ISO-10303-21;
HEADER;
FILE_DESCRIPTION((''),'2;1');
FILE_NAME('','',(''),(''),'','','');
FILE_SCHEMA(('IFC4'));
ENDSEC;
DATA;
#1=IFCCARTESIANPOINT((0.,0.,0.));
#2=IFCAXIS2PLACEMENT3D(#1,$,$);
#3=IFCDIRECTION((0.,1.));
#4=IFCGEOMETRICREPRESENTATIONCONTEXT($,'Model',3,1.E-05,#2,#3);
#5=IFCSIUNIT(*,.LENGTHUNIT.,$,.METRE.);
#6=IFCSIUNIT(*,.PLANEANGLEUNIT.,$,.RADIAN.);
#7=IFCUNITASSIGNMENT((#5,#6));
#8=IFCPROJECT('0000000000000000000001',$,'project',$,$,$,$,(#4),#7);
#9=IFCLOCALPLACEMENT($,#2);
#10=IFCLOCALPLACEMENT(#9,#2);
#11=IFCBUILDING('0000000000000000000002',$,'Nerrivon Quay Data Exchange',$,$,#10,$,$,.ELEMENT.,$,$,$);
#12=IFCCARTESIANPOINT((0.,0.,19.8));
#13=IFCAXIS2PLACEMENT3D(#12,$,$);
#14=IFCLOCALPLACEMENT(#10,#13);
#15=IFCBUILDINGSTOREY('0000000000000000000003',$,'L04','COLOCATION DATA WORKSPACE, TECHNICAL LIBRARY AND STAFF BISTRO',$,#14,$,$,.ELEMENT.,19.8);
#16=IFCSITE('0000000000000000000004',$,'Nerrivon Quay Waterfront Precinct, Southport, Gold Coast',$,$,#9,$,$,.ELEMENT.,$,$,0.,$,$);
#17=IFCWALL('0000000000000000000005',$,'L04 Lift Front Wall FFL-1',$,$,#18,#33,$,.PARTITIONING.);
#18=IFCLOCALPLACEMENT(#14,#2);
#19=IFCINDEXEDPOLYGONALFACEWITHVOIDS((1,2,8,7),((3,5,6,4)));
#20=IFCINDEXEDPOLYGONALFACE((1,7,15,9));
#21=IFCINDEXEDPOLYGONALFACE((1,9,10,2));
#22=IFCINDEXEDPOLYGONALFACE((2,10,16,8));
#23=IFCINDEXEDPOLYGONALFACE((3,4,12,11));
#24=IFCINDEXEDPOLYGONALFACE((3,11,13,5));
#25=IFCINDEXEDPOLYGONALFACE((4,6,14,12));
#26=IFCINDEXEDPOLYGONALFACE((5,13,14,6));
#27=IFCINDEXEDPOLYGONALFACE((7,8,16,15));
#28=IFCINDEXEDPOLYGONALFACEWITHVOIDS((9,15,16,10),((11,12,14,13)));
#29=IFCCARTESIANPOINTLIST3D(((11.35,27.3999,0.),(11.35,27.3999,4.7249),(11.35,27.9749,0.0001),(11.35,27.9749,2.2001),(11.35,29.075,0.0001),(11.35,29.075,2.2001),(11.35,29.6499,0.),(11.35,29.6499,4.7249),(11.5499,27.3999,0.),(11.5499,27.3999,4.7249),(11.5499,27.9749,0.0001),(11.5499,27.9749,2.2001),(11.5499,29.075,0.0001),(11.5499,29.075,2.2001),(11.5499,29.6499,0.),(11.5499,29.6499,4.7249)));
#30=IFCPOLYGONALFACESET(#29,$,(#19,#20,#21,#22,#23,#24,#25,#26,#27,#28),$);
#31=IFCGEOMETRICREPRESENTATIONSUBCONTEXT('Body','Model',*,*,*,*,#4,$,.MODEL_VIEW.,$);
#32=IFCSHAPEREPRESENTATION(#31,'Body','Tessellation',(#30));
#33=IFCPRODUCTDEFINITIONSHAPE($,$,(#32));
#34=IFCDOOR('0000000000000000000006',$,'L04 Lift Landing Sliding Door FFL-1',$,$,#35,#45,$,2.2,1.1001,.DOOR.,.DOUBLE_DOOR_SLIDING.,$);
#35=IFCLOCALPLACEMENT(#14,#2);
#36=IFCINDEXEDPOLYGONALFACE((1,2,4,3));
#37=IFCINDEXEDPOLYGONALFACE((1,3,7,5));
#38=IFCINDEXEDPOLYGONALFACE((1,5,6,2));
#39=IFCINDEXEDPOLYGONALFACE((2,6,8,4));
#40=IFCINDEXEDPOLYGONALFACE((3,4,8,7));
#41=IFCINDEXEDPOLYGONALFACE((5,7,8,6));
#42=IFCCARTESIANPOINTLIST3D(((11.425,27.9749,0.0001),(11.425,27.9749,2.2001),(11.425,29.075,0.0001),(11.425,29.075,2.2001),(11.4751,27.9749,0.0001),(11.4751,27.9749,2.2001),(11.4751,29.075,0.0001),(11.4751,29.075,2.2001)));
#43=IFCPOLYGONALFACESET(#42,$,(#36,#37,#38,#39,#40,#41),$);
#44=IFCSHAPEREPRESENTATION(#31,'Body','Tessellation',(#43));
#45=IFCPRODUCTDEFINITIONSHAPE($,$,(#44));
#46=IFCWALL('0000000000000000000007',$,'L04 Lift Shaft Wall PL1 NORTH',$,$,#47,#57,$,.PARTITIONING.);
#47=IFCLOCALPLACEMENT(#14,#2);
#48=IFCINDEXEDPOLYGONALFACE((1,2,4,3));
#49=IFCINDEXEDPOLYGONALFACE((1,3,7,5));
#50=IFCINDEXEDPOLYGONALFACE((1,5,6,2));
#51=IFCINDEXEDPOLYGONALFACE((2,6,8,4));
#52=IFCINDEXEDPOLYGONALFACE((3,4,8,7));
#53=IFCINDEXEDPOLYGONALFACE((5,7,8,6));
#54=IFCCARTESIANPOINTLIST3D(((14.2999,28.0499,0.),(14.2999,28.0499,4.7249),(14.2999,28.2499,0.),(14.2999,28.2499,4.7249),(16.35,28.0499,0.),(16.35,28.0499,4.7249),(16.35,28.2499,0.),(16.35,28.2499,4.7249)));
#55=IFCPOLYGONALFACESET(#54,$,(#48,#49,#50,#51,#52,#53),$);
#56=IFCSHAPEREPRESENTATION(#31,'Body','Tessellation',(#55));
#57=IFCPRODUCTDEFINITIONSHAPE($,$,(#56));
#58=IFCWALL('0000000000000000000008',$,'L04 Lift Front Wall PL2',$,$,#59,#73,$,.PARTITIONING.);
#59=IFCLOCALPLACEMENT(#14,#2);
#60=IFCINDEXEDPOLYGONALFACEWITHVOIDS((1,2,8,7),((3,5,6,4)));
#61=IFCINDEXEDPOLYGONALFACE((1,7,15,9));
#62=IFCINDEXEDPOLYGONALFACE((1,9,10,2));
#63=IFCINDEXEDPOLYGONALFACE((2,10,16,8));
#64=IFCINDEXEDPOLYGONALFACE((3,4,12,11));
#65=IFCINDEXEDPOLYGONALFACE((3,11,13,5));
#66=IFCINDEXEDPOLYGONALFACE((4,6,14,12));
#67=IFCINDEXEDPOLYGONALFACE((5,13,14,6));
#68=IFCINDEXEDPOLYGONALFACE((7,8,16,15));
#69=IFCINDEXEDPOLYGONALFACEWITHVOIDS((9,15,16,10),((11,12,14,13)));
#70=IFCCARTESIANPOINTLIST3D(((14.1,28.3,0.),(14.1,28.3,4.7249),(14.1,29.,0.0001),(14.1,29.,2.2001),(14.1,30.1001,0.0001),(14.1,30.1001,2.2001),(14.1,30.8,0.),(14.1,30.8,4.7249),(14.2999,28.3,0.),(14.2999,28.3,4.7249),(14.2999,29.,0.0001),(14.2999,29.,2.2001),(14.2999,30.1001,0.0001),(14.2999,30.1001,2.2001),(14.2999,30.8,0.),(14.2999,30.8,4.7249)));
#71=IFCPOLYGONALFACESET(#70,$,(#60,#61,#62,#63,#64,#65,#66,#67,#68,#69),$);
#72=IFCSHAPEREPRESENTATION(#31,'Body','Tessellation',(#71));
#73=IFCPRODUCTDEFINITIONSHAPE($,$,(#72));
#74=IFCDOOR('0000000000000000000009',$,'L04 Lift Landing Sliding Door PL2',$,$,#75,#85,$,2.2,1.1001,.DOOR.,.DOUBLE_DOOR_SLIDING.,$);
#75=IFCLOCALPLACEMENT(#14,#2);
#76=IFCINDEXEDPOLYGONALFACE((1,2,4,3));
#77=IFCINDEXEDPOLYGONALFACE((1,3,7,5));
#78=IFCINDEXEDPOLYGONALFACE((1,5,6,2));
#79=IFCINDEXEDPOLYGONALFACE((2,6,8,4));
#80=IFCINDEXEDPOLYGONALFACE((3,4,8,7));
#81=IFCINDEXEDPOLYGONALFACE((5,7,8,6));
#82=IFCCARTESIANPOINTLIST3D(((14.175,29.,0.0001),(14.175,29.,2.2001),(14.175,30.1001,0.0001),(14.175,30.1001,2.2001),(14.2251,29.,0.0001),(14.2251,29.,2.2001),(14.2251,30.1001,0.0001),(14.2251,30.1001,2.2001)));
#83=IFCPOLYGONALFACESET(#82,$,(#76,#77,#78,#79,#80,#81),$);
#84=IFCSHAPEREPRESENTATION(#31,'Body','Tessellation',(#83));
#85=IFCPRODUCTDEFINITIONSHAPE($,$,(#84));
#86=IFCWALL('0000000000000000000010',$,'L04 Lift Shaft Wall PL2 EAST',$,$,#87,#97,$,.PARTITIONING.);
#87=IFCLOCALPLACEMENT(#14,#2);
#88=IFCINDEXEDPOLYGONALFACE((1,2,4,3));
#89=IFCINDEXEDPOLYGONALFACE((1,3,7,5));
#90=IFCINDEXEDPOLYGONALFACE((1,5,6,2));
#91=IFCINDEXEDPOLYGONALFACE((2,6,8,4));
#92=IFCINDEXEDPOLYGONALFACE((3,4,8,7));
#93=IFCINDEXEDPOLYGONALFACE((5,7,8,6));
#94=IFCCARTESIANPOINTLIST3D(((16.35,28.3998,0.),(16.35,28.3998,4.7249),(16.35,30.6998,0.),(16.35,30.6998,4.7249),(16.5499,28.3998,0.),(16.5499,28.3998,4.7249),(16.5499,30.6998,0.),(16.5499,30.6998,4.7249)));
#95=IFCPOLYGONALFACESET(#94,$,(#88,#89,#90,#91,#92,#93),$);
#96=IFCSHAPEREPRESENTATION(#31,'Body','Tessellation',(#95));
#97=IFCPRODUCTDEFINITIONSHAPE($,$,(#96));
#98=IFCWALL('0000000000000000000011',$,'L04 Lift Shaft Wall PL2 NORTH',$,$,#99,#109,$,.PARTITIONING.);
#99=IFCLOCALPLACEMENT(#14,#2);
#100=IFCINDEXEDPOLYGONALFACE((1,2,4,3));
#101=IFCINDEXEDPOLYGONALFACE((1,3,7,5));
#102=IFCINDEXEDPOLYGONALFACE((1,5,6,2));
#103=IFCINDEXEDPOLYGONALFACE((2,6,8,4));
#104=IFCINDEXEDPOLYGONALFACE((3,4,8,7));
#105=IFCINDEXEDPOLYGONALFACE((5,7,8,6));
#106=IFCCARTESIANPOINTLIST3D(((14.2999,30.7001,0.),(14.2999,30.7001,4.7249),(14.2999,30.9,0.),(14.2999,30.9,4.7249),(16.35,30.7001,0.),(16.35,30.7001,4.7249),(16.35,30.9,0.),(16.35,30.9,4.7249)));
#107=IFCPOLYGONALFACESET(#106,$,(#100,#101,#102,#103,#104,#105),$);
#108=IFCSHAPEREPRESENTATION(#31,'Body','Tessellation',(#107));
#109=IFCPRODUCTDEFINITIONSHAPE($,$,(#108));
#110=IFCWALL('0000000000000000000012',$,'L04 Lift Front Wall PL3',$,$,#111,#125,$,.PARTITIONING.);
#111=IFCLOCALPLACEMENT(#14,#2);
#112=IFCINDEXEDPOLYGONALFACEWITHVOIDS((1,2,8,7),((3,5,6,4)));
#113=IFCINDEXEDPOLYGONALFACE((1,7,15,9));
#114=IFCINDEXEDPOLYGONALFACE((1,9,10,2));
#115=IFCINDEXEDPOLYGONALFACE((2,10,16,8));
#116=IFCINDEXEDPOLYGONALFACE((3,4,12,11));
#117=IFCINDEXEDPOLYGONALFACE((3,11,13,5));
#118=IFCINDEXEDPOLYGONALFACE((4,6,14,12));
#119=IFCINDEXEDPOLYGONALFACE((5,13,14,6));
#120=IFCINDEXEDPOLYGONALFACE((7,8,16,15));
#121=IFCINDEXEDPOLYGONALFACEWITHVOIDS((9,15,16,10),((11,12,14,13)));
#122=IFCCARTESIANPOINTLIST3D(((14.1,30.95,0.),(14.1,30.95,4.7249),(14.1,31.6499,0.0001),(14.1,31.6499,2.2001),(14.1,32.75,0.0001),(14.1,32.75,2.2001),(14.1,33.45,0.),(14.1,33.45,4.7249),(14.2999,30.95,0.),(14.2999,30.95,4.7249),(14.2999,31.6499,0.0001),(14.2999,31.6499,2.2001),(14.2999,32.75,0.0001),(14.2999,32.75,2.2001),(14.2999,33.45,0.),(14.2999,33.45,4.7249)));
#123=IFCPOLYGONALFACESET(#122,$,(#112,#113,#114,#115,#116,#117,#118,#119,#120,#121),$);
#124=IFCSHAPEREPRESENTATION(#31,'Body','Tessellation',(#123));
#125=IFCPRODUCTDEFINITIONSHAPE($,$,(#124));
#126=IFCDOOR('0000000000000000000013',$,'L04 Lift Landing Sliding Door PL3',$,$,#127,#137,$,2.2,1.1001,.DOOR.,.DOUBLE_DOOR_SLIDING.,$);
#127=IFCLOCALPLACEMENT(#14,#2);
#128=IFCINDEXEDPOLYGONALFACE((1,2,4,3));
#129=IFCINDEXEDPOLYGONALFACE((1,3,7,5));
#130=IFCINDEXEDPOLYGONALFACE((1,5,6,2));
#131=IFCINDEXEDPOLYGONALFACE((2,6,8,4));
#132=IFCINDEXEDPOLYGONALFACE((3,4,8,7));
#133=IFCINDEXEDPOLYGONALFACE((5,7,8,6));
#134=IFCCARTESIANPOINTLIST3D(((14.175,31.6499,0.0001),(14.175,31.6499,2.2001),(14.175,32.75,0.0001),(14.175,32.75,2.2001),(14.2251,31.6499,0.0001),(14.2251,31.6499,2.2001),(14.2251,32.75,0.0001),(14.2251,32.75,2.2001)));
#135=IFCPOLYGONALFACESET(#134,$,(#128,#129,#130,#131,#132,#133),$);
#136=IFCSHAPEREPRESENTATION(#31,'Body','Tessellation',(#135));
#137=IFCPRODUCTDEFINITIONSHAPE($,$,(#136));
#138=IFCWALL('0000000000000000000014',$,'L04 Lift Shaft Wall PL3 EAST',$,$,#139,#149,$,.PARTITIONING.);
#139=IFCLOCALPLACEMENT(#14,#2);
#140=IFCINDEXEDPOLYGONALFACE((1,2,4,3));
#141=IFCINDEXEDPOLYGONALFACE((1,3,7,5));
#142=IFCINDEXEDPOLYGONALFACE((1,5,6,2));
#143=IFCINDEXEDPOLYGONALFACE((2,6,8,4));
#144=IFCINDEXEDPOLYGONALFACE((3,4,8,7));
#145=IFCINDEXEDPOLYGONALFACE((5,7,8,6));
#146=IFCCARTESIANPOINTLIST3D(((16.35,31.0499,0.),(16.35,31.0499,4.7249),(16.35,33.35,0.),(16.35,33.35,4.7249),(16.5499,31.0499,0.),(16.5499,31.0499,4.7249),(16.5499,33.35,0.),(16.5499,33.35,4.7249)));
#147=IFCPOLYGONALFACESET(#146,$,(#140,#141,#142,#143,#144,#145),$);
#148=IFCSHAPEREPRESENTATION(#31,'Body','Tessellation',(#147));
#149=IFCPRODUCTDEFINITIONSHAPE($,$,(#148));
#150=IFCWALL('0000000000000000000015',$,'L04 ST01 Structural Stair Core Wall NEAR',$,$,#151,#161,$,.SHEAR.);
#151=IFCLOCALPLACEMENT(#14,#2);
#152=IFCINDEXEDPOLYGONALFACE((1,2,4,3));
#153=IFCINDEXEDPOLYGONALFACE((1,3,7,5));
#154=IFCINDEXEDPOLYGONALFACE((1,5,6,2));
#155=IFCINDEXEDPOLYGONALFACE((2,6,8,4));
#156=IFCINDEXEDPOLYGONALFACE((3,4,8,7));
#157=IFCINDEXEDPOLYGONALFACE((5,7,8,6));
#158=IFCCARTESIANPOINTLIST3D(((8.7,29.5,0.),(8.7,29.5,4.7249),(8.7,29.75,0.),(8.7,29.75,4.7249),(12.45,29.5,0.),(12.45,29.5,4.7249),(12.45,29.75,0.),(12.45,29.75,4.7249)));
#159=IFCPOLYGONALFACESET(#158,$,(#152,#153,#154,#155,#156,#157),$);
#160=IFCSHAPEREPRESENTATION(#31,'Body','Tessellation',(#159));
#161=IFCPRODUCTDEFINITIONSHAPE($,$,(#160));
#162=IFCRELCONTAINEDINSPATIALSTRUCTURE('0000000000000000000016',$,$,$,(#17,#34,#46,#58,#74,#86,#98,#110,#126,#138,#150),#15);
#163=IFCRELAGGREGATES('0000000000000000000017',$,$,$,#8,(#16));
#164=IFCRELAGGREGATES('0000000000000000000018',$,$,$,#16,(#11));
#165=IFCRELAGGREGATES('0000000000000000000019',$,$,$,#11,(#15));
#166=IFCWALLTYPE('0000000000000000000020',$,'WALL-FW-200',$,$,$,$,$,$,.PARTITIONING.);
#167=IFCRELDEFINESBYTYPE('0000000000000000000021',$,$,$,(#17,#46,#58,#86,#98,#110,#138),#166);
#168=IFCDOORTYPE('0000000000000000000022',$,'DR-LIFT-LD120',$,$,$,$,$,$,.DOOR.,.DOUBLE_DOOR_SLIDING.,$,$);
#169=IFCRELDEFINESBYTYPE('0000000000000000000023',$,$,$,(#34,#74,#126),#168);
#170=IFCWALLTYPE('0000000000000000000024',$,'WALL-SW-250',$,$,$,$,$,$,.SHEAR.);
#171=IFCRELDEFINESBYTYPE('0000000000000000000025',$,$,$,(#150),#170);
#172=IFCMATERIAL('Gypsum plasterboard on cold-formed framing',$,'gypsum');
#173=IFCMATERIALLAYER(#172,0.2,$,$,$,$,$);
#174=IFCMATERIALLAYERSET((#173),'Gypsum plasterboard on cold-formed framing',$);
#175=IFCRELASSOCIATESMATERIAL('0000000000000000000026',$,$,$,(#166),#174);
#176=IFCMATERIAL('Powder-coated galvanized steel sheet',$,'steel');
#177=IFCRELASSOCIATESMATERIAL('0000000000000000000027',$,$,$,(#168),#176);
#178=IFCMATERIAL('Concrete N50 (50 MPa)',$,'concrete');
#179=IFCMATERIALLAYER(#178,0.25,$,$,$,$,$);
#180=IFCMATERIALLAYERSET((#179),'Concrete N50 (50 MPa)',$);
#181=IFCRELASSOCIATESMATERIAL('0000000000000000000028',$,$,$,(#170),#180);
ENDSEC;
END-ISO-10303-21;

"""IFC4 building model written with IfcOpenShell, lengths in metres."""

from ifc_helpers import new_model, si_unit, direction, frame, frame_2d, origin, place, context, subcontext, project, spatial, rectangle, extrude, material, layer, layer_set, type_object, element, fill, save


model = new_model("IFC4")

# Units and contexts
model_context = context("Model", 3, precision=1e-05, world=origin(), true_north=direction((0.0, 1.0)))
body_context = subcontext(model_context, "Body", "Model", "MODEL_VIEW")
ifc_project = project(units=[si_unit("LENGTHUNIT", "METRE"), si_unit("PLANEANGLEUNIT", "RADIAN")], contexts=[model_context])

# Site, building, storey
site_placement = place(None, origin())
site = spatial("IfcSite", under=ifc_project, at=site_placement, Name="Nerrivon Quay Waterfront Precinct, Southport, Gold Coast", CompositionType="ELEMENT", RefElevation=0.0)
building_placement = place(site_placement, origin())
building = spatial("IfcBuilding", under=site, at=building_placement, Name="Nerrivon Quay Data Exchange", CompositionType="ELEMENT")
storey_placement = place(building_placement, frame((0.0, 0.0, 19.8)))
storey = spatial("IfcBuildingStorey", under=building, at=storey_placement, Name="L04", Description="COLOCATION DATA WORKSPACE, TECHNICAL LIBRARY AND STAFF BISTRO", CompositionType="ELEMENT", Elevation=19.8)

# Wall, opening, door
ifc_material_1 = material(Name="Gypsum plasterboard on cold-formed framing", Category="gypsum")
ifc_layer_1 = layer(ifc_material_1, 0.2)
ifc_layer_set_1 = layer_set([ifc_layer_1], Name="Gypsum plasterboard on cold-formed framing")
wall_type_1 = type_object("IfcWallType", Name="WALL-FW-200", PredefinedType="PARTITIONING", material=ifc_layer_set_1)
wall_1_placement = place(storey_placement, frame((11.45, 27.3999, 0.0), z_axis=(0.0, 0.0, 1.0), x_axis=(0.0, 1.0, 0.0)))
wall_1 = element("IfcWall", 1, at=wall_1_placement, inside=storey, type_object=wall_type_1, Name="L04 Lift Front Wall FFL-1", PredefinedType="PARTITIONING", context=body_context, shape_type="SweptSolid", body=[
    extrude(rectangle(XDim=2.25, YDim=0.2, at=frame_2d((1.125, 0.0))), origin(), (0.0, 0.0, 1.0), 4.7249),
])
opening_1_placement = place(wall_1_placement, frame((0.575, 0.0, 0.0)))
opening_1 = element("IfcOpeningElement", 2, at=opening_1_placement, cuts=wall_1, PredefinedType="OPENING", context=body_context, shape_type="SweptSolid", body=[
    extrude(rectangle(XDim=1.1001, YDim=2.2, at=frame_2d((0.55, 1.1001))), frame((0.0, 0.1099, 0.0), z_axis=(0.0, -1.0, 0.0), x_axis=(1.0, 0.0, 0.0)), (0.0, 0.0, 1.0), 0.22),
])
ifc_material_2 = material(Name="Powder-coated galvanized steel sheet", Category="steel")
door_type_1 = type_object("IfcDoorType", Name="DR-LIFT-LD120", OperationType="DOUBLE_DOOR_SLIDING", PredefinedType="DOOR", material=ifc_material_2)
door_1_placement = place(opening_1_placement, origin())
door_1 = element("IfcDoor", 3, at=door_1_placement, inside=storey, type_object=door_type_1, Name="L04 Lift Landing Sliding Door FFL-1", OperationType="DOUBLE_DOOR_SLIDING", OverallHeight=2.2, OverallWidth=1.1001, PredefinedType="DOOR", context=body_context, shape_type="SweptSolid", body=[
    extrude(rectangle(XDim=1.1001, YDim=2.2, at=frame_2d((0.55, 1.1001))), frame((0.0, 0.0249, 0.0), z_axis=(0.0, -1.0, 0.0), x_axis=(1.0, 0.0, 0.0)), (0.0, 0.0, 1.0), 0.05),
])
fill(opening_1, door_1)

# Wall
wall_2_placement = place(storey_placement, frame((14.3, 28.1499, 0.0), z_axis=(0.0, 0.0, 1.0), x_axis=(1.0, 0.0, 0.0)))
element("IfcWall", 4, at=wall_2_placement, inside=storey, type_object=wall_type_1, Name="L04 Lift Shaft Wall PL1 NORTH", PredefinedType="PARTITIONING", context=body_context, shape_type="SweptSolid", body=[
    extrude(rectangle(XDim=2.05, YDim=0.2, at=frame_2d((1.0249, 0.0))), origin(), (0.0, 0.0, 1.0), 4.7249),
])

# Wall, opening, door
wall_3_placement = place(storey_placement, frame((14.2, 28.3, 0.0), z_axis=(0.0, 0.0, 1.0), x_axis=(0.0, 1.0, 0.0)))
wall_3 = element("IfcWall", 5, at=wall_3_placement, inside=storey, type_object=wall_type_1, Name="L04 Lift Front Wall PL2", PredefinedType="PARTITIONING", context=body_context, shape_type="SweptSolid", body=[
    extrude(rectangle(XDim=2.5, YDim=0.2, at=frame_2d((1.25, 0.0))), origin(), (0.0, 0.0, 1.0), 4.7249),
])
opening_2_placement = place(wall_3_placement, frame((0.7, 0.0, 0.0)))
opening_2 = element("IfcOpeningElement", 6, at=opening_2_placement, cuts=wall_3, PredefinedType="OPENING", context=body_context, shape_type="SweptSolid", body=[
    extrude(rectangle(XDim=1.1001, YDim=2.2, at=frame_2d((0.55, 1.1001))), frame((0.0, 0.1099, 0.0), z_axis=(0.0, -1.0, 0.0), x_axis=(1.0, 0.0, 0.0)), (0.0, 0.0, 1.0), 0.22),
])
door_2_placement = place(opening_2_placement, origin())
door_2 = element("IfcDoor", 7, at=door_2_placement, inside=storey, type_object=door_type_1, Name="L04 Lift Landing Sliding Door PL2", OperationType="DOUBLE_DOOR_SLIDING", OverallHeight=2.2, OverallWidth=1.1001, PredefinedType="DOOR", context=body_context, shape_type="SweptSolid", body=[
    extrude(rectangle(XDim=1.1001, YDim=2.2, at=frame_2d((0.55, 1.1001))), frame((0.0, 0.0249, 0.0), z_axis=(0.0, -1.0, 0.0), x_axis=(1.0, 0.0, 0.0)), (0.0, 0.0, 1.0), 0.05),
])
fill(opening_2, door_2)

# Walls
wall_4_placement = place(storey_placement, frame((16.45, 28.3999, 0.0), z_axis=(0.0, 0.0, 1.0), x_axis=(0.0, 1.0, 0.0)))
element("IfcWall", 8, at=wall_4_placement, inside=storey, type_object=wall_type_1, Name="L04 Lift Shaft Wall PL2 EAST", PredefinedType="PARTITIONING", context=body_context, shape_type="SweptSolid", body=[
    extrude(rectangle(XDim=2.3, YDim=0.2, at=frame_2d((1.1499, 0.0))), origin(), (0.0, 0.0, 1.0), 4.7249),
])
wall_5_placement = place(storey_placement, frame((14.3, 30.8, 0.0), z_axis=(0.0, 0.0, 1.0), x_axis=(1.0, 0.0, 0.0)))
element("IfcWall", 9, at=wall_5_placement, inside=storey, type_object=wall_type_1, Name="L04 Lift Shaft Wall PL2 NORTH", PredefinedType="PARTITIONING", context=body_context, shape_type="SweptSolid", body=[
    extrude(rectangle(XDim=2.05, YDim=0.2, at=frame_2d((1.0249, 0.0))), origin(), (0.0, 0.0, 1.0), 4.7249),
])

# Wall, opening, door
wall_6_placement = place(storey_placement, frame((14.2, 30.95, 0.0), z_axis=(0.0, 0.0, 1.0), x_axis=(0.0, 1.0, 0.0)))
wall_6 = element("IfcWall", 10, at=wall_6_placement, inside=storey, type_object=wall_type_1, Name="L04 Lift Front Wall PL3", PredefinedType="PARTITIONING", context=body_context, shape_type="SweptSolid", body=[
    extrude(rectangle(XDim=2.5, YDim=0.2, at=frame_2d((1.25, 0.0))), origin(), (0.0, 0.0, 1.0), 4.7249),
])
opening_3_placement = place(wall_6_placement, frame((0.7, 0.0, 0.0)))
opening_3 = element("IfcOpeningElement", 11, at=opening_3_placement, cuts=wall_6, PredefinedType="OPENING", context=body_context, shape_type="SweptSolid", body=[
    extrude(rectangle(XDim=1.1001, YDim=2.2, at=frame_2d((0.55, 1.1001))), frame((0.0, 0.1099, 0.0), z_axis=(0.0, -1.0, 0.0), x_axis=(1.0, 0.0, 0.0)), (0.0, 0.0, 1.0), 0.22),
])
door_3_placement = place(opening_3_placement, origin())
door_3 = element("IfcDoor", 12, at=door_3_placement, inside=storey, type_object=door_type_1, Name="L04 Lift Landing Sliding Door PL3", OperationType="DOUBLE_DOOR_SLIDING", OverallHeight=2.2, OverallWidth=1.1001, PredefinedType="DOOR", context=body_context, shape_type="SweptSolid", body=[
    extrude(rectangle(XDim=1.1001, YDim=2.2, at=frame_2d((0.55, 1.1001))), frame((0.0, 0.0249, 0.0), z_axis=(0.0, -1.0, 0.0), x_axis=(1.0, 0.0, 0.0)), (0.0, 0.0, 1.0), 0.05),
])
fill(opening_3, door_3)

# Walls
wall_7_placement = place(storey_placement, frame((16.45, 31.05, 0.0), z_axis=(0.0, 0.0, 1.0), x_axis=(0.0, 1.0, 0.0)))
element("IfcWall", 13, at=wall_7_placement, inside=storey, type_object=wall_type_1, Name="L04 Lift Shaft Wall PL3 EAST", PredefinedType="PARTITIONING", context=body_context, shape_type="SweptSolid", body=[
    extrude(rectangle(XDim=2.3, YDim=0.2, at=frame_2d((1.1499, 0.0))), origin(), (0.0, 0.0, 1.0), 4.7249),
])
ifc_material_3 = material(Name="Concrete N50 (50 MPa)", Category="concrete")
ifc_layer_2 = layer(ifc_material_3, 0.25)
ifc_layer_set_2 = layer_set([ifc_layer_2], Name="Concrete N50 (50 MPa)")
wall_type_2 = type_object("IfcWallType", Name="WALL-SW-250", PredefinedType="SHEAR", material=ifc_layer_set_2)
wall_8_placement = place(storey_placement, frame((12.45, 29.625, 0.0), z_axis=(0.0, 0.0, 1.0), x_axis=(-1.0, 0.0, 0.0)))
element("IfcWall", 14, at=wall_8_placement, inside=storey, type_object=wall_type_2, Name="L04 ST01 Structural Stair Core Wall NEAR", PredefinedType="SHEAR", context=body_context, shape_type="SweptSolid", body=[
    extrude(rectangle(XDim=3.75, YDim=0.25, at=frame_2d((1.875, 0.0))), origin(), (0.0, 0.0, 1.0), 4.7249),
])

save(model, "model.ifc")
